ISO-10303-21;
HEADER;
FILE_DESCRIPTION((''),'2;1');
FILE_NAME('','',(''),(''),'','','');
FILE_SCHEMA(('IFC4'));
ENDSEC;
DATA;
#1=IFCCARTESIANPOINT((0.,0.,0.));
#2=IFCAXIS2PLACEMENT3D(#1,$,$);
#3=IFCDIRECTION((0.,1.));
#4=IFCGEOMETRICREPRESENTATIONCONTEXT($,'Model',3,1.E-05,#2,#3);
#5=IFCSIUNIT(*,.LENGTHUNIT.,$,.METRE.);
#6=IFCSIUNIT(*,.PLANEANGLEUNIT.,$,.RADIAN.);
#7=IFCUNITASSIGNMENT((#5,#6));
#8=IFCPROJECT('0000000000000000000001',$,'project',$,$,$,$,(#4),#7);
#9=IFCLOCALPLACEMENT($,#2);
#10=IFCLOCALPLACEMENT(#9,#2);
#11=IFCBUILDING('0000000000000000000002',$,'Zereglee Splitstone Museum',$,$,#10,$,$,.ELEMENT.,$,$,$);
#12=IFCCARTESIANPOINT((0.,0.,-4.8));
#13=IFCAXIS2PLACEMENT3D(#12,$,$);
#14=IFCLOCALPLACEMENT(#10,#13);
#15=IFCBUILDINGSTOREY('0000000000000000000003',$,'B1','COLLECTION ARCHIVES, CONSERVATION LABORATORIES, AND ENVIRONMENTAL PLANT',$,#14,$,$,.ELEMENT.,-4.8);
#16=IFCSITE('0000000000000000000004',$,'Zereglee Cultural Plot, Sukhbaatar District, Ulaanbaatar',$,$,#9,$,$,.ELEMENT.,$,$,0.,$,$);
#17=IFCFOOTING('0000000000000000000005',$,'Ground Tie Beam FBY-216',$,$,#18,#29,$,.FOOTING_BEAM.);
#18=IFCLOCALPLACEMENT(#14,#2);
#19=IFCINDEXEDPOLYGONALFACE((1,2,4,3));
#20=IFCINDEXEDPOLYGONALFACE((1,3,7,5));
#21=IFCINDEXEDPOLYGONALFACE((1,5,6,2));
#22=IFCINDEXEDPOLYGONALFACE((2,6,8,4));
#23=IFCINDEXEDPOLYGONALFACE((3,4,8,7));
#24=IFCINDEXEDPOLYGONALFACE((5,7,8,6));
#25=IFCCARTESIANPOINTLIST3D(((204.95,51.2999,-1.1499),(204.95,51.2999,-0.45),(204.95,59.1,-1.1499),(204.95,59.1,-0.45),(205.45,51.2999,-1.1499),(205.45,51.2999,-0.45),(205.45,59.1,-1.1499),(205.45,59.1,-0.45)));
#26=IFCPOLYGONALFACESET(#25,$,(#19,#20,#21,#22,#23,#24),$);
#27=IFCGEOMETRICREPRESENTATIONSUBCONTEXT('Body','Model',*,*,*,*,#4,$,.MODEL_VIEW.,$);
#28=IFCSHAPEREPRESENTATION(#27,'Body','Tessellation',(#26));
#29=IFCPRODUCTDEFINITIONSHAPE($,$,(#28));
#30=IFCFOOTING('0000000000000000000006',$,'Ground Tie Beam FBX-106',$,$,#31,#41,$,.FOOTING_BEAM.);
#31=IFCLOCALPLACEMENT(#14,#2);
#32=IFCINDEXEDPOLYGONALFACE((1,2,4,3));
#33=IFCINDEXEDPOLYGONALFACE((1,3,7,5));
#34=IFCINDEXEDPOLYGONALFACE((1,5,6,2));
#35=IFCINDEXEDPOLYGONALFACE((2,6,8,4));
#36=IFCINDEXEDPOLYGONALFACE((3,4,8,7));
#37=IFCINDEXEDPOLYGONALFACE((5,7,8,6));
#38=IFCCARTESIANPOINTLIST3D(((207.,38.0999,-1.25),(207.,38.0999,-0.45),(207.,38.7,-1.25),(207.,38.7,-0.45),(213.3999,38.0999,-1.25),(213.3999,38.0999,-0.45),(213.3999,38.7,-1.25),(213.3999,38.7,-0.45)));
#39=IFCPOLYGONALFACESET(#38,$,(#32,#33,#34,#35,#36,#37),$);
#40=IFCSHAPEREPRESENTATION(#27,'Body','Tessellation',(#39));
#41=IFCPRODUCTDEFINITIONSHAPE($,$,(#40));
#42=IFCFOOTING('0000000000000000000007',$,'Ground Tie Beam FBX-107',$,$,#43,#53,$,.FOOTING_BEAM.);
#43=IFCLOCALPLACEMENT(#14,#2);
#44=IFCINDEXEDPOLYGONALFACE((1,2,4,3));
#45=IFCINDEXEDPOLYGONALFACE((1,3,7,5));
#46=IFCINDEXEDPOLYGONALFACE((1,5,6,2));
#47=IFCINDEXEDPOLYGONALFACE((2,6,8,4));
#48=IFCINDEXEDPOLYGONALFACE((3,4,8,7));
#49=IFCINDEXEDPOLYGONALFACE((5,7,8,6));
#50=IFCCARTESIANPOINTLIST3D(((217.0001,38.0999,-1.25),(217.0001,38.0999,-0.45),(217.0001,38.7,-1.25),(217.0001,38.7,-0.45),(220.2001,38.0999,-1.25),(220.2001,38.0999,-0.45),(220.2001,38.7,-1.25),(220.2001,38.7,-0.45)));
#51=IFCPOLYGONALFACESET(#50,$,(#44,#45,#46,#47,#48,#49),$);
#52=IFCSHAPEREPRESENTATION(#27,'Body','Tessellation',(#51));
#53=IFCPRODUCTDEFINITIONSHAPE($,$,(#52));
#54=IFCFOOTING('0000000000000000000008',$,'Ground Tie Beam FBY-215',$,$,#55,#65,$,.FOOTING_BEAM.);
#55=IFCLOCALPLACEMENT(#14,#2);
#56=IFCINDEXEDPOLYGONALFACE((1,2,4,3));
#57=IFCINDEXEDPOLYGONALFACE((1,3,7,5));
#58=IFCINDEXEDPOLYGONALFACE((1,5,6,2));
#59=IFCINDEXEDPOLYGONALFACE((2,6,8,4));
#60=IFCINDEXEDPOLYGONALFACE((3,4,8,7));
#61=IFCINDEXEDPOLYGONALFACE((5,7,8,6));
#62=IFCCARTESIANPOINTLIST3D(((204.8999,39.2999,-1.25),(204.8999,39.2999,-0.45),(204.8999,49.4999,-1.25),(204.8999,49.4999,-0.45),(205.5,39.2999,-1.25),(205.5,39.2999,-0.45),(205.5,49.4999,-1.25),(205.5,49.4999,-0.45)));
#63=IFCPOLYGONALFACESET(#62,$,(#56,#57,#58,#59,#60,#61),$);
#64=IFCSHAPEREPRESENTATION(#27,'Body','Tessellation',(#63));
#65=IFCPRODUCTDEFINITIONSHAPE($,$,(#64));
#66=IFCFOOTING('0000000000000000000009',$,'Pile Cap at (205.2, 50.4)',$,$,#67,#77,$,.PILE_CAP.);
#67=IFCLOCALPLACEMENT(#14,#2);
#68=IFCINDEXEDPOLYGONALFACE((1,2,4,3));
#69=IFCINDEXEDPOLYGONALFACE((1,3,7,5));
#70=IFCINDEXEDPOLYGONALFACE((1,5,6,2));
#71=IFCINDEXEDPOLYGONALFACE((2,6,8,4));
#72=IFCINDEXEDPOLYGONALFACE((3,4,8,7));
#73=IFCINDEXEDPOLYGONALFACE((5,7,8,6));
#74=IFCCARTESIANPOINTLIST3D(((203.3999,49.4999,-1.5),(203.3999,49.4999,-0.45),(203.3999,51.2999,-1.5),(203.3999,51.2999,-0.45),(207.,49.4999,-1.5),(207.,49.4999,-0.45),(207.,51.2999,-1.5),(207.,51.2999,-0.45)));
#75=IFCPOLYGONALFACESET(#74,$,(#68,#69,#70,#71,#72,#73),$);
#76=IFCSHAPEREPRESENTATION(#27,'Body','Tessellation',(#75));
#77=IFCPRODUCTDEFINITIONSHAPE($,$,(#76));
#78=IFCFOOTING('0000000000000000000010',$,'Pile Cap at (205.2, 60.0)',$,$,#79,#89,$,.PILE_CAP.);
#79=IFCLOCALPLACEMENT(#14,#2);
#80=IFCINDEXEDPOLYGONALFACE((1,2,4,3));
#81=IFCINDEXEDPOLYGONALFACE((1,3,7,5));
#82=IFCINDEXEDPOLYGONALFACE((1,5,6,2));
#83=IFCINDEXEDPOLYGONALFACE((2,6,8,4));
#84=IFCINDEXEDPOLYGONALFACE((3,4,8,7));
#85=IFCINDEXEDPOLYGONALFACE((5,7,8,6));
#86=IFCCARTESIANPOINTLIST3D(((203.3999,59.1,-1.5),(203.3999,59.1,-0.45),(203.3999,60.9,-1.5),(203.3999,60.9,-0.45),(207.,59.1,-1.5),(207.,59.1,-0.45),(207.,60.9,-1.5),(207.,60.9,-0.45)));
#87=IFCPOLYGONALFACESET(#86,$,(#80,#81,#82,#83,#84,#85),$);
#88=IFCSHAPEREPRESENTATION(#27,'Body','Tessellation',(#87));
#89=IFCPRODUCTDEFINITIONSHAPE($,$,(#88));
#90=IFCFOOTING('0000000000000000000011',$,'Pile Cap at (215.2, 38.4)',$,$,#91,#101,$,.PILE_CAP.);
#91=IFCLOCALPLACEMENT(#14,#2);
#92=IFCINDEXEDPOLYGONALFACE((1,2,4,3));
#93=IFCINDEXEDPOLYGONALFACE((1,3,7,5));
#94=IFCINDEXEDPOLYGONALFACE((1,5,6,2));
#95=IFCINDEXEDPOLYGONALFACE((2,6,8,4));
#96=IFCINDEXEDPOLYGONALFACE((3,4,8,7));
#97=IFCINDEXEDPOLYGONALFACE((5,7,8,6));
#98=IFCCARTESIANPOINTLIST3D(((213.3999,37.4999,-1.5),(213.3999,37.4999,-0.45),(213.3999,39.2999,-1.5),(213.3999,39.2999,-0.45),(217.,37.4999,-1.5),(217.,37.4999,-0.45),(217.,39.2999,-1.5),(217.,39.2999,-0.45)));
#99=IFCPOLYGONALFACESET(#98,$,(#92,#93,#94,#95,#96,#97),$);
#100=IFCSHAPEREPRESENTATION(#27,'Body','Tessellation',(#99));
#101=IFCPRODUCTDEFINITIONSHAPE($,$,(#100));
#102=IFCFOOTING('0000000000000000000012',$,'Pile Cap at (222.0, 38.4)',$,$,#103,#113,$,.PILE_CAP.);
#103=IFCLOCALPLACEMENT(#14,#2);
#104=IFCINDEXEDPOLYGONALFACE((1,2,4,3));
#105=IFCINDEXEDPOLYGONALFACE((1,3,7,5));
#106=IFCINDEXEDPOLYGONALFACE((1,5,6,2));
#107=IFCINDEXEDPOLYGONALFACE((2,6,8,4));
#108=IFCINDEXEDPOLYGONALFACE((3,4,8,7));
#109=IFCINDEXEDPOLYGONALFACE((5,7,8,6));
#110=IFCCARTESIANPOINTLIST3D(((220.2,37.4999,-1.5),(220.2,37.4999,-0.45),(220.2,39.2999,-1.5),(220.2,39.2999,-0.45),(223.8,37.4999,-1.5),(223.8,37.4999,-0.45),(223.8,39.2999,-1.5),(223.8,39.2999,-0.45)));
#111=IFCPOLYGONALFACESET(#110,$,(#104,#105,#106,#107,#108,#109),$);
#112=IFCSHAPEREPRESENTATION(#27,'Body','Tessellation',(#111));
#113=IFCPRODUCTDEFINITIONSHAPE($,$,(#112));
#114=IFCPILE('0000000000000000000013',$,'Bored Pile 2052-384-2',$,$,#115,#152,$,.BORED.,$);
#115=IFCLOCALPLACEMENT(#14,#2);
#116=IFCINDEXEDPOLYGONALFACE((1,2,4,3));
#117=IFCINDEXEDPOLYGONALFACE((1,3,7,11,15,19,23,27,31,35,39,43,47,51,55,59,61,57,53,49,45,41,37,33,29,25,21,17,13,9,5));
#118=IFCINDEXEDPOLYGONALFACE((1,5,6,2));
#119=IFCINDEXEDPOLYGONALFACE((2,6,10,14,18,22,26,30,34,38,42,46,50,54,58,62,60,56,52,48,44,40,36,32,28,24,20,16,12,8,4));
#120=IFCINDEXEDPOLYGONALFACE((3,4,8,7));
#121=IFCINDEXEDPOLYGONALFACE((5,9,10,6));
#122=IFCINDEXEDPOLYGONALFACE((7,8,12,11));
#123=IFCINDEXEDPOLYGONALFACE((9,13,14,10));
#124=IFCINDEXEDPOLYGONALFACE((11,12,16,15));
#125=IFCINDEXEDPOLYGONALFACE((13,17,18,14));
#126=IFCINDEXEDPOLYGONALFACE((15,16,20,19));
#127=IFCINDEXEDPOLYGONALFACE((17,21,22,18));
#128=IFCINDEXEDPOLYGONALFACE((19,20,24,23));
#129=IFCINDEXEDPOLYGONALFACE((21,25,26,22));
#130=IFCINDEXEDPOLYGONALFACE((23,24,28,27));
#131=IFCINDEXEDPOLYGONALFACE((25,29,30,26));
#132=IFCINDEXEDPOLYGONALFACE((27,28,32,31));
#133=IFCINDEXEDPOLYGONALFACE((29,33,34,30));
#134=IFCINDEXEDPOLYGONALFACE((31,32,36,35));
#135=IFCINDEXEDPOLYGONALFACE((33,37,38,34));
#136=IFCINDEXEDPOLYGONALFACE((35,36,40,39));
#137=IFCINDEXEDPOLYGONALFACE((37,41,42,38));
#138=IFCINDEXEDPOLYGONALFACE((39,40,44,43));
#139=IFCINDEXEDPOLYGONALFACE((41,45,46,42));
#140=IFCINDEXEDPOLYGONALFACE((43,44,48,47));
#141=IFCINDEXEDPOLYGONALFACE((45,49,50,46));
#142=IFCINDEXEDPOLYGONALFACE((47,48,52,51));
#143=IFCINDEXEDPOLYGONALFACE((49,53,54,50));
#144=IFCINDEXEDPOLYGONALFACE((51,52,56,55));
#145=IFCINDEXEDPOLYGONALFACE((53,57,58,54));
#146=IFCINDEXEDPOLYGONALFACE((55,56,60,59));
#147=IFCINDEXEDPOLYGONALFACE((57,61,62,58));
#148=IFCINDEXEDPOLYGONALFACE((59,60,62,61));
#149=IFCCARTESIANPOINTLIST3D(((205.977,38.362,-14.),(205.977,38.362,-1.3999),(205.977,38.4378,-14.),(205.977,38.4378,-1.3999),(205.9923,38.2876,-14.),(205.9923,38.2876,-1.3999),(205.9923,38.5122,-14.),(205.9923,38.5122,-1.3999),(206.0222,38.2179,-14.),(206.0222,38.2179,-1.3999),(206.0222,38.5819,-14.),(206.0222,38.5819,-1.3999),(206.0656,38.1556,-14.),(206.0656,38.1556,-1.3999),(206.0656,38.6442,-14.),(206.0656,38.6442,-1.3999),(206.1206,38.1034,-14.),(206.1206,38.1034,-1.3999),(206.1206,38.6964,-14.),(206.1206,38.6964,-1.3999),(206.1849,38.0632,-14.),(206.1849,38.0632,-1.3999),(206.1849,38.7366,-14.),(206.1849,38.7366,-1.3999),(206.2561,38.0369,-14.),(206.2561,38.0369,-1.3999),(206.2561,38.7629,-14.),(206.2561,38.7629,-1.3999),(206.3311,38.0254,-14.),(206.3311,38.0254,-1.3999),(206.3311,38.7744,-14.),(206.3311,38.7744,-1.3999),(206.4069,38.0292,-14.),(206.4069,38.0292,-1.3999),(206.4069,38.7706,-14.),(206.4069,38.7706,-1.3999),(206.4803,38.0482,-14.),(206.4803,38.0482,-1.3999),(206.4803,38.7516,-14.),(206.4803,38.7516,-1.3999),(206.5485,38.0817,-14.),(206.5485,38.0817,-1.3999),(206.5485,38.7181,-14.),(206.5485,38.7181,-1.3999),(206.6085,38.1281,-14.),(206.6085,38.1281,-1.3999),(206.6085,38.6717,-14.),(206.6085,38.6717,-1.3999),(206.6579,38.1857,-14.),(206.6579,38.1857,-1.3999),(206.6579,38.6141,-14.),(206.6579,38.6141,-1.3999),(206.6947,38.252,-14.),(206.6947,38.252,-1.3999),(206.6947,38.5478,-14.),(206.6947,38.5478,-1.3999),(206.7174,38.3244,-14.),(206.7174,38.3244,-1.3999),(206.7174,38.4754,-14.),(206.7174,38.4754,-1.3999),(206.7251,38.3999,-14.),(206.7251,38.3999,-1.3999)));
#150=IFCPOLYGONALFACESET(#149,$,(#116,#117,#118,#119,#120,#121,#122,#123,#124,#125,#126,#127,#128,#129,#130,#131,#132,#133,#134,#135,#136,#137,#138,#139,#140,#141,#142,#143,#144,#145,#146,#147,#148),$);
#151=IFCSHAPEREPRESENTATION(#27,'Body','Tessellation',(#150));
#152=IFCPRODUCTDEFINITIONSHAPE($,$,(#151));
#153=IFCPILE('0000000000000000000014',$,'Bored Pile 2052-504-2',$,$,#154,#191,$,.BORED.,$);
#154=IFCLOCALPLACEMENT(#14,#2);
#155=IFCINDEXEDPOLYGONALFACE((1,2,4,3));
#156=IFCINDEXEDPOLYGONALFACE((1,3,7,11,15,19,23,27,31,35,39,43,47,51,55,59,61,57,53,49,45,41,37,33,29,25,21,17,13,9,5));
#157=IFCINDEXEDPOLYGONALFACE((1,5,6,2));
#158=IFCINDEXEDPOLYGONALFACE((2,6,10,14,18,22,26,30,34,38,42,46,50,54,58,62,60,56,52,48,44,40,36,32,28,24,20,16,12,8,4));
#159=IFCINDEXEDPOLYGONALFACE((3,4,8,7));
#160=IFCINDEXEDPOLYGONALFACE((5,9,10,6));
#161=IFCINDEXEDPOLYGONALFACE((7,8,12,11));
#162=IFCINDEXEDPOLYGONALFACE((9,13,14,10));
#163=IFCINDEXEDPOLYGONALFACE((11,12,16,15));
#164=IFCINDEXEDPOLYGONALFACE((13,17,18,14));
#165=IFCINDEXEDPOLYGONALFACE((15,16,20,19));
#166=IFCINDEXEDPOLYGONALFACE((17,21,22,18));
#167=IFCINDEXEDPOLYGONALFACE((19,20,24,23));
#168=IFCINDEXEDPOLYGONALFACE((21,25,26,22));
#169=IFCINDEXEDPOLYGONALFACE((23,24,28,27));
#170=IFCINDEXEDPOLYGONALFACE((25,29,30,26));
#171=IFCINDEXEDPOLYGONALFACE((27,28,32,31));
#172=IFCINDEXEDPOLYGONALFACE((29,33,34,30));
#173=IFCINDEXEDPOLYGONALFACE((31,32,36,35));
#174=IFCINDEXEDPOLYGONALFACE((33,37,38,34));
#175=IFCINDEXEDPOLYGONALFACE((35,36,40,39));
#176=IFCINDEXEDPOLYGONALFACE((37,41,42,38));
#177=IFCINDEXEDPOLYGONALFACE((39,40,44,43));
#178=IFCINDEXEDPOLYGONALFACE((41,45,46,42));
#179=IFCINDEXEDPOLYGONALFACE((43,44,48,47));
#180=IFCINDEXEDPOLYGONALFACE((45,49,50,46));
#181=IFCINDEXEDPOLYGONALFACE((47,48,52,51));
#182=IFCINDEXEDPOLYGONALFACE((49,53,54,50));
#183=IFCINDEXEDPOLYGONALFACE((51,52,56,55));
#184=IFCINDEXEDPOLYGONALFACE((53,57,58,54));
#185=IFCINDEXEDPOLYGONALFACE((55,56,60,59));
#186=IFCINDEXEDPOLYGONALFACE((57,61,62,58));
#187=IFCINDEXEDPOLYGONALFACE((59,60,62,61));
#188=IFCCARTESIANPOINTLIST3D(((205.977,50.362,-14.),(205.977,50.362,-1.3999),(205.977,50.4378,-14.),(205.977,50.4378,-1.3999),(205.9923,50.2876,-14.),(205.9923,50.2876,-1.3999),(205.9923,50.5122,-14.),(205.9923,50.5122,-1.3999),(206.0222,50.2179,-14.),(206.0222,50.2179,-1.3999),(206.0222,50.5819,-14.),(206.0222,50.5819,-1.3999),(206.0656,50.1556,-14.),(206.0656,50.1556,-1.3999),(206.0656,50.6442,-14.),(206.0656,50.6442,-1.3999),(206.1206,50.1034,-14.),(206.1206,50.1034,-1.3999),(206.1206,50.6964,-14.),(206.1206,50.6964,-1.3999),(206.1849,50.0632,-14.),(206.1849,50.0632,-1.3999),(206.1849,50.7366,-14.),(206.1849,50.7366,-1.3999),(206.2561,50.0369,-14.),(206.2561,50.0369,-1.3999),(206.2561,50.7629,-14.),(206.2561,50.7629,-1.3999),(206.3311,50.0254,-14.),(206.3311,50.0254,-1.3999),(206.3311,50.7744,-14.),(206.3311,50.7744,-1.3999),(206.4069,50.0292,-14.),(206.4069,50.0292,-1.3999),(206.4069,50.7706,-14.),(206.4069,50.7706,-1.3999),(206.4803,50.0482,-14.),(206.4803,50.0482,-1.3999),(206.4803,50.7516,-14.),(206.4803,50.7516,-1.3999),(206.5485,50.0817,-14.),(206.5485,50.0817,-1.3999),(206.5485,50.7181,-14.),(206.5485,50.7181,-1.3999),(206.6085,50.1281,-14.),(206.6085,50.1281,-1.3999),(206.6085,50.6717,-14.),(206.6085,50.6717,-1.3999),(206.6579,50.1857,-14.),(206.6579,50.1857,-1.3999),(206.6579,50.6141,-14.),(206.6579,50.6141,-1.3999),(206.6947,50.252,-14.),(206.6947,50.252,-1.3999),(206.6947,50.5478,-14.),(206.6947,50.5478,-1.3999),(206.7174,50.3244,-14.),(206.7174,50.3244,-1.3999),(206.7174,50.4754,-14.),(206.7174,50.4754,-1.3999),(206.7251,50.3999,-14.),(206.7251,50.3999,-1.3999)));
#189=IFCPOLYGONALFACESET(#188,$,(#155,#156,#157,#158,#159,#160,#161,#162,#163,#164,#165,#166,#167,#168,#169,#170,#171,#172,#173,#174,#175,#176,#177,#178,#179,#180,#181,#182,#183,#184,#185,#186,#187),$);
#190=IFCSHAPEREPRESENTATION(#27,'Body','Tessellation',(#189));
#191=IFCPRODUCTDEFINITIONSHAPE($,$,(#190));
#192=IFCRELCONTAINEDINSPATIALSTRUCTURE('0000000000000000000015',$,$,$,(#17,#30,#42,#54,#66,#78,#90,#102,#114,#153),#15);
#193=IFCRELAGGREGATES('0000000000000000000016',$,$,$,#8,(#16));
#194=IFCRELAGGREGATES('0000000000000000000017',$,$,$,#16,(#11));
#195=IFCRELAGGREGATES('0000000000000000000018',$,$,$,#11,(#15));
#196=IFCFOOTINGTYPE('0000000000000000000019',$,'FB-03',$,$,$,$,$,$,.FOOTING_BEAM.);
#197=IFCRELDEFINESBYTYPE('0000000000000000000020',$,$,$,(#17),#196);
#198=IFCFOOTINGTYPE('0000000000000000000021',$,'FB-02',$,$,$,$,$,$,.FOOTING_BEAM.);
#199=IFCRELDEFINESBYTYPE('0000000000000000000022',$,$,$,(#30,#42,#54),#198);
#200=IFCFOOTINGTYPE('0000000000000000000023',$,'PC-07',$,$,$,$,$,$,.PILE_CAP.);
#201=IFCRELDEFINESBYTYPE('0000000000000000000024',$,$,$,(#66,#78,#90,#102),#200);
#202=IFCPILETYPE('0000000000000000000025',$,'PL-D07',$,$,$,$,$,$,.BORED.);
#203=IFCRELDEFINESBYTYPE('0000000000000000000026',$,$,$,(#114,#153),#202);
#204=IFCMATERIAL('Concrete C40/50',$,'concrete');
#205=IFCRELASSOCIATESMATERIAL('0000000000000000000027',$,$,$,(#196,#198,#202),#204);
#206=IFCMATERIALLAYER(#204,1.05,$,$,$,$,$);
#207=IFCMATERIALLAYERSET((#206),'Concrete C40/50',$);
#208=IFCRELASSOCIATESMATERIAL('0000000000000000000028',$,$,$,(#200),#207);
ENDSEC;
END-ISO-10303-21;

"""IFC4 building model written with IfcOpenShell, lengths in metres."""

from ifc_helpers import new_model, si_unit, direction, frame, origin, origin_2d, place, context, subcontext, project, spatial, rectangle, circle, extrude, material, layer, layer_set, material_profile, profile_set, type_object, element, save


model = new_model("IFC4")

# Units and contexts
model_context = context("Model", 3, precision=1e-05, world=origin(), true_north=direction((0.0, 1.0)))
body_context = subcontext(model_context, "Body", "Model", "MODEL_VIEW")
ifc_project = project(units=[si_unit("LENGTHUNIT", "METRE"), si_unit("PLANEANGLEUNIT", "RADIAN")], contexts=[model_context])

# Site, building, storey
site_placement = place(None, origin())
site = spatial("IfcSite", under=ifc_project, at=site_placement, Name="Zereglee Cultural Plot, Sukhbaatar District, Ulaanbaatar", CompositionType="ELEMENT", RefElevation=0.0)
building_placement = place(site_placement, origin())
building = spatial("IfcBuilding", under=site, at=building_placement, Name="Zereglee Splitstone Museum", CompositionType="ELEMENT")
storey_placement = place(building_placement, frame((0.0, 0.0, -4.8)))
storey = spatial("IfcBuildingStorey", under=building, at=storey_placement, Name="B1", Description="COLLECTION ARCHIVES, CONSERVATION LABORATORIES, AND ENVIRONMENTAL PLANT", CompositionType="ELEMENT", Elevation=-4.8)

# Footings
ifc_material_1 = material(Name="Concrete C40/50", Category="concrete")
footing_type_1 = type_object("IfcFootingType", Name="FB-03", PredefinedType="FOOTING_BEAM", material=ifc_material_1)
footing_1_placement = place(storey_placement, frame((205.2, 55.2, -1.1499), z_axis=(0.0, 0.0, 1.0), x_axis=(0.0, 1.0, 0.0)))
element("IfcFooting", 1, at=footing_1_placement, inside=storey, type_object=footing_type_1, Name="Ground Tie Beam FBY-216", PredefinedType="FOOTING_BEAM", context=body_context, shape_type="SweptSolid", body=[
    extrude(rectangle(XDim=7.8, YDim=0.5, at=origin_2d()), origin(), (0.0, 0.0, 1.0), 0.7),
])
footing_type_2 = type_object("IfcFootingType", Name="FB-02", PredefinedType="FOOTING_BEAM", material=ifc_material_1)
footing_2_placement = place(storey_placement, frame((210.2, 38.3999, -1.25), z_axis=(0.0, 0.0, 1.0), x_axis=(1.0, 0.0, 0.0)))
element("IfcFooting", 2, at=footing_2_placement, inside=storey, type_object=footing_type_2, Name="Ground Tie Beam FBX-106", PredefinedType="FOOTING_BEAM", context=body_context, shape_type="SweptSolid", body=[
    extrude(rectangle(XDim=6.3999, YDim=0.6001, at=origin_2d()), origin(), (0.0, 0.0, 1.0), 0.8),
])
footing_3_placement = place(storey_placement, frame((218.6001, 38.3999, -1.25), z_axis=(0.0, 0.0, 1.0), x_axis=(1.0, 0.0, 0.0)))
element("IfcFooting", 3, at=footing_3_placement, inside=storey, type_object=footing_type_2, Name="Ground Tie Beam FBX-107", PredefinedType="FOOTING_BEAM", context=body_context, shape_type="SweptSolid", body=[
    extrude(rectangle(XDim=3.2, YDim=0.6001, at=origin_2d()), origin(), (0.0, 0.0, 1.0), 0.8),
])
footing_4_placement = place(storey_placement, frame((205.2, 44.3999, -1.25), z_axis=(0.0, 0.0, 1.0), x_axis=(0.0, 1.0, 0.0)))
element("IfcFooting", 4, at=footing_4_placement, inside=storey, type_object=footing_type_2, Name="Ground Tie Beam FBY-215", PredefinedType="FOOTING_BEAM", context=body_context, shape_type="SweptSolid", body=[
    extrude(rectangle(XDim=10.2, YDim=0.6001, at=origin_2d()), origin(), (0.0, 0.0, 1.0), 0.8),
])
ifc_layer_1 = layer(ifc_material_1, 1.05)
ifc_layer_set_1 = layer_set([ifc_layer_1], Name="Concrete C40/50")
footing_type_3 = type_object("IfcFootingType", Name="PC-07", PredefinedType="PILE_CAP", material=ifc_layer_set_1)
for number, where, z_axis, x_axis, name in (
    (5, (205.2, 50.3999, -1.5), (0.0, 0.0, 1.0), (1.0, 0.0, 0.0), "Pile Cap at (205.2, 50.4)"),
    (6, (205.2, 60.0, -1.5), (0.0, 0.0, 1.0), (1.0, 0.0, 0.0), "Pile Cap at (205.2, 60.0)"),
    (7, (215.2, 38.3999, -1.5), (0.0, 0.0, 1.0), (1.0, 0.0, 0.0), "Pile Cap at (215.2, 38.4)"),
    (8, (222.0, 38.3999, -1.5), (0.0, 0.0, 1.0), (1.0, 0.0, 0.0), "Pile Cap at (222.0, 38.4)"),
):
    element("IfcFooting", number, at=place(storey_placement, frame(where, z_axis=z_axis, x_axis=x_axis)), inside=storey, type_object=footing_type_3, Name=name, PredefinedType="PILE_CAP", context=body_context, shape_type="SweptSolid", body=[
        extrude(rectangle(XDim=3.6001, YDim=1.8, at=origin_2d()), origin(), (0.0, 0.0, 1.0), 1.05),
    ])

# Piles
ifc_material_profile_1 = material_profile(ifc_material_1, circle(Radius=0.375, at=origin_2d()), Name="PILE D750")
ifc_profile_set_1 = profile_set([ifc_material_profile_1], Name="Concrete C40/50")
pile_type = type_object("IfcPileType", Name="PL-D07", PredefinedType="BORED", material=ifc_profile_set_1)
for number, where, z_axis, x_axis, name in (
    (9, (206.3501, 38.3999, -1.3999), (0.0, 0.0, -1.0), (1.0, 0.0, 0.0), "Bored Pile 2052-384-2"),
    (10, (206.3501, 50.3999, -1.3999), (0.0, 0.0, -1.0), (1.0, 0.0, 0.0), "Bored Pile 2052-504-2"),
):
    element("IfcPile", number, at=place(storey_placement, frame(where, z_axis=z_axis, x_axis=x_axis)), inside=storey, type_object=pile_type, Name=name, PredefinedType="BORED", context=body_context, shape_type="SweptSolid", body=[
        extrude(circle(Radius=0.375, at=origin_2d()), origin(), (0.0, 0.0, 1.0), 12.6001),
    ])

save(model, "model.ifc")
